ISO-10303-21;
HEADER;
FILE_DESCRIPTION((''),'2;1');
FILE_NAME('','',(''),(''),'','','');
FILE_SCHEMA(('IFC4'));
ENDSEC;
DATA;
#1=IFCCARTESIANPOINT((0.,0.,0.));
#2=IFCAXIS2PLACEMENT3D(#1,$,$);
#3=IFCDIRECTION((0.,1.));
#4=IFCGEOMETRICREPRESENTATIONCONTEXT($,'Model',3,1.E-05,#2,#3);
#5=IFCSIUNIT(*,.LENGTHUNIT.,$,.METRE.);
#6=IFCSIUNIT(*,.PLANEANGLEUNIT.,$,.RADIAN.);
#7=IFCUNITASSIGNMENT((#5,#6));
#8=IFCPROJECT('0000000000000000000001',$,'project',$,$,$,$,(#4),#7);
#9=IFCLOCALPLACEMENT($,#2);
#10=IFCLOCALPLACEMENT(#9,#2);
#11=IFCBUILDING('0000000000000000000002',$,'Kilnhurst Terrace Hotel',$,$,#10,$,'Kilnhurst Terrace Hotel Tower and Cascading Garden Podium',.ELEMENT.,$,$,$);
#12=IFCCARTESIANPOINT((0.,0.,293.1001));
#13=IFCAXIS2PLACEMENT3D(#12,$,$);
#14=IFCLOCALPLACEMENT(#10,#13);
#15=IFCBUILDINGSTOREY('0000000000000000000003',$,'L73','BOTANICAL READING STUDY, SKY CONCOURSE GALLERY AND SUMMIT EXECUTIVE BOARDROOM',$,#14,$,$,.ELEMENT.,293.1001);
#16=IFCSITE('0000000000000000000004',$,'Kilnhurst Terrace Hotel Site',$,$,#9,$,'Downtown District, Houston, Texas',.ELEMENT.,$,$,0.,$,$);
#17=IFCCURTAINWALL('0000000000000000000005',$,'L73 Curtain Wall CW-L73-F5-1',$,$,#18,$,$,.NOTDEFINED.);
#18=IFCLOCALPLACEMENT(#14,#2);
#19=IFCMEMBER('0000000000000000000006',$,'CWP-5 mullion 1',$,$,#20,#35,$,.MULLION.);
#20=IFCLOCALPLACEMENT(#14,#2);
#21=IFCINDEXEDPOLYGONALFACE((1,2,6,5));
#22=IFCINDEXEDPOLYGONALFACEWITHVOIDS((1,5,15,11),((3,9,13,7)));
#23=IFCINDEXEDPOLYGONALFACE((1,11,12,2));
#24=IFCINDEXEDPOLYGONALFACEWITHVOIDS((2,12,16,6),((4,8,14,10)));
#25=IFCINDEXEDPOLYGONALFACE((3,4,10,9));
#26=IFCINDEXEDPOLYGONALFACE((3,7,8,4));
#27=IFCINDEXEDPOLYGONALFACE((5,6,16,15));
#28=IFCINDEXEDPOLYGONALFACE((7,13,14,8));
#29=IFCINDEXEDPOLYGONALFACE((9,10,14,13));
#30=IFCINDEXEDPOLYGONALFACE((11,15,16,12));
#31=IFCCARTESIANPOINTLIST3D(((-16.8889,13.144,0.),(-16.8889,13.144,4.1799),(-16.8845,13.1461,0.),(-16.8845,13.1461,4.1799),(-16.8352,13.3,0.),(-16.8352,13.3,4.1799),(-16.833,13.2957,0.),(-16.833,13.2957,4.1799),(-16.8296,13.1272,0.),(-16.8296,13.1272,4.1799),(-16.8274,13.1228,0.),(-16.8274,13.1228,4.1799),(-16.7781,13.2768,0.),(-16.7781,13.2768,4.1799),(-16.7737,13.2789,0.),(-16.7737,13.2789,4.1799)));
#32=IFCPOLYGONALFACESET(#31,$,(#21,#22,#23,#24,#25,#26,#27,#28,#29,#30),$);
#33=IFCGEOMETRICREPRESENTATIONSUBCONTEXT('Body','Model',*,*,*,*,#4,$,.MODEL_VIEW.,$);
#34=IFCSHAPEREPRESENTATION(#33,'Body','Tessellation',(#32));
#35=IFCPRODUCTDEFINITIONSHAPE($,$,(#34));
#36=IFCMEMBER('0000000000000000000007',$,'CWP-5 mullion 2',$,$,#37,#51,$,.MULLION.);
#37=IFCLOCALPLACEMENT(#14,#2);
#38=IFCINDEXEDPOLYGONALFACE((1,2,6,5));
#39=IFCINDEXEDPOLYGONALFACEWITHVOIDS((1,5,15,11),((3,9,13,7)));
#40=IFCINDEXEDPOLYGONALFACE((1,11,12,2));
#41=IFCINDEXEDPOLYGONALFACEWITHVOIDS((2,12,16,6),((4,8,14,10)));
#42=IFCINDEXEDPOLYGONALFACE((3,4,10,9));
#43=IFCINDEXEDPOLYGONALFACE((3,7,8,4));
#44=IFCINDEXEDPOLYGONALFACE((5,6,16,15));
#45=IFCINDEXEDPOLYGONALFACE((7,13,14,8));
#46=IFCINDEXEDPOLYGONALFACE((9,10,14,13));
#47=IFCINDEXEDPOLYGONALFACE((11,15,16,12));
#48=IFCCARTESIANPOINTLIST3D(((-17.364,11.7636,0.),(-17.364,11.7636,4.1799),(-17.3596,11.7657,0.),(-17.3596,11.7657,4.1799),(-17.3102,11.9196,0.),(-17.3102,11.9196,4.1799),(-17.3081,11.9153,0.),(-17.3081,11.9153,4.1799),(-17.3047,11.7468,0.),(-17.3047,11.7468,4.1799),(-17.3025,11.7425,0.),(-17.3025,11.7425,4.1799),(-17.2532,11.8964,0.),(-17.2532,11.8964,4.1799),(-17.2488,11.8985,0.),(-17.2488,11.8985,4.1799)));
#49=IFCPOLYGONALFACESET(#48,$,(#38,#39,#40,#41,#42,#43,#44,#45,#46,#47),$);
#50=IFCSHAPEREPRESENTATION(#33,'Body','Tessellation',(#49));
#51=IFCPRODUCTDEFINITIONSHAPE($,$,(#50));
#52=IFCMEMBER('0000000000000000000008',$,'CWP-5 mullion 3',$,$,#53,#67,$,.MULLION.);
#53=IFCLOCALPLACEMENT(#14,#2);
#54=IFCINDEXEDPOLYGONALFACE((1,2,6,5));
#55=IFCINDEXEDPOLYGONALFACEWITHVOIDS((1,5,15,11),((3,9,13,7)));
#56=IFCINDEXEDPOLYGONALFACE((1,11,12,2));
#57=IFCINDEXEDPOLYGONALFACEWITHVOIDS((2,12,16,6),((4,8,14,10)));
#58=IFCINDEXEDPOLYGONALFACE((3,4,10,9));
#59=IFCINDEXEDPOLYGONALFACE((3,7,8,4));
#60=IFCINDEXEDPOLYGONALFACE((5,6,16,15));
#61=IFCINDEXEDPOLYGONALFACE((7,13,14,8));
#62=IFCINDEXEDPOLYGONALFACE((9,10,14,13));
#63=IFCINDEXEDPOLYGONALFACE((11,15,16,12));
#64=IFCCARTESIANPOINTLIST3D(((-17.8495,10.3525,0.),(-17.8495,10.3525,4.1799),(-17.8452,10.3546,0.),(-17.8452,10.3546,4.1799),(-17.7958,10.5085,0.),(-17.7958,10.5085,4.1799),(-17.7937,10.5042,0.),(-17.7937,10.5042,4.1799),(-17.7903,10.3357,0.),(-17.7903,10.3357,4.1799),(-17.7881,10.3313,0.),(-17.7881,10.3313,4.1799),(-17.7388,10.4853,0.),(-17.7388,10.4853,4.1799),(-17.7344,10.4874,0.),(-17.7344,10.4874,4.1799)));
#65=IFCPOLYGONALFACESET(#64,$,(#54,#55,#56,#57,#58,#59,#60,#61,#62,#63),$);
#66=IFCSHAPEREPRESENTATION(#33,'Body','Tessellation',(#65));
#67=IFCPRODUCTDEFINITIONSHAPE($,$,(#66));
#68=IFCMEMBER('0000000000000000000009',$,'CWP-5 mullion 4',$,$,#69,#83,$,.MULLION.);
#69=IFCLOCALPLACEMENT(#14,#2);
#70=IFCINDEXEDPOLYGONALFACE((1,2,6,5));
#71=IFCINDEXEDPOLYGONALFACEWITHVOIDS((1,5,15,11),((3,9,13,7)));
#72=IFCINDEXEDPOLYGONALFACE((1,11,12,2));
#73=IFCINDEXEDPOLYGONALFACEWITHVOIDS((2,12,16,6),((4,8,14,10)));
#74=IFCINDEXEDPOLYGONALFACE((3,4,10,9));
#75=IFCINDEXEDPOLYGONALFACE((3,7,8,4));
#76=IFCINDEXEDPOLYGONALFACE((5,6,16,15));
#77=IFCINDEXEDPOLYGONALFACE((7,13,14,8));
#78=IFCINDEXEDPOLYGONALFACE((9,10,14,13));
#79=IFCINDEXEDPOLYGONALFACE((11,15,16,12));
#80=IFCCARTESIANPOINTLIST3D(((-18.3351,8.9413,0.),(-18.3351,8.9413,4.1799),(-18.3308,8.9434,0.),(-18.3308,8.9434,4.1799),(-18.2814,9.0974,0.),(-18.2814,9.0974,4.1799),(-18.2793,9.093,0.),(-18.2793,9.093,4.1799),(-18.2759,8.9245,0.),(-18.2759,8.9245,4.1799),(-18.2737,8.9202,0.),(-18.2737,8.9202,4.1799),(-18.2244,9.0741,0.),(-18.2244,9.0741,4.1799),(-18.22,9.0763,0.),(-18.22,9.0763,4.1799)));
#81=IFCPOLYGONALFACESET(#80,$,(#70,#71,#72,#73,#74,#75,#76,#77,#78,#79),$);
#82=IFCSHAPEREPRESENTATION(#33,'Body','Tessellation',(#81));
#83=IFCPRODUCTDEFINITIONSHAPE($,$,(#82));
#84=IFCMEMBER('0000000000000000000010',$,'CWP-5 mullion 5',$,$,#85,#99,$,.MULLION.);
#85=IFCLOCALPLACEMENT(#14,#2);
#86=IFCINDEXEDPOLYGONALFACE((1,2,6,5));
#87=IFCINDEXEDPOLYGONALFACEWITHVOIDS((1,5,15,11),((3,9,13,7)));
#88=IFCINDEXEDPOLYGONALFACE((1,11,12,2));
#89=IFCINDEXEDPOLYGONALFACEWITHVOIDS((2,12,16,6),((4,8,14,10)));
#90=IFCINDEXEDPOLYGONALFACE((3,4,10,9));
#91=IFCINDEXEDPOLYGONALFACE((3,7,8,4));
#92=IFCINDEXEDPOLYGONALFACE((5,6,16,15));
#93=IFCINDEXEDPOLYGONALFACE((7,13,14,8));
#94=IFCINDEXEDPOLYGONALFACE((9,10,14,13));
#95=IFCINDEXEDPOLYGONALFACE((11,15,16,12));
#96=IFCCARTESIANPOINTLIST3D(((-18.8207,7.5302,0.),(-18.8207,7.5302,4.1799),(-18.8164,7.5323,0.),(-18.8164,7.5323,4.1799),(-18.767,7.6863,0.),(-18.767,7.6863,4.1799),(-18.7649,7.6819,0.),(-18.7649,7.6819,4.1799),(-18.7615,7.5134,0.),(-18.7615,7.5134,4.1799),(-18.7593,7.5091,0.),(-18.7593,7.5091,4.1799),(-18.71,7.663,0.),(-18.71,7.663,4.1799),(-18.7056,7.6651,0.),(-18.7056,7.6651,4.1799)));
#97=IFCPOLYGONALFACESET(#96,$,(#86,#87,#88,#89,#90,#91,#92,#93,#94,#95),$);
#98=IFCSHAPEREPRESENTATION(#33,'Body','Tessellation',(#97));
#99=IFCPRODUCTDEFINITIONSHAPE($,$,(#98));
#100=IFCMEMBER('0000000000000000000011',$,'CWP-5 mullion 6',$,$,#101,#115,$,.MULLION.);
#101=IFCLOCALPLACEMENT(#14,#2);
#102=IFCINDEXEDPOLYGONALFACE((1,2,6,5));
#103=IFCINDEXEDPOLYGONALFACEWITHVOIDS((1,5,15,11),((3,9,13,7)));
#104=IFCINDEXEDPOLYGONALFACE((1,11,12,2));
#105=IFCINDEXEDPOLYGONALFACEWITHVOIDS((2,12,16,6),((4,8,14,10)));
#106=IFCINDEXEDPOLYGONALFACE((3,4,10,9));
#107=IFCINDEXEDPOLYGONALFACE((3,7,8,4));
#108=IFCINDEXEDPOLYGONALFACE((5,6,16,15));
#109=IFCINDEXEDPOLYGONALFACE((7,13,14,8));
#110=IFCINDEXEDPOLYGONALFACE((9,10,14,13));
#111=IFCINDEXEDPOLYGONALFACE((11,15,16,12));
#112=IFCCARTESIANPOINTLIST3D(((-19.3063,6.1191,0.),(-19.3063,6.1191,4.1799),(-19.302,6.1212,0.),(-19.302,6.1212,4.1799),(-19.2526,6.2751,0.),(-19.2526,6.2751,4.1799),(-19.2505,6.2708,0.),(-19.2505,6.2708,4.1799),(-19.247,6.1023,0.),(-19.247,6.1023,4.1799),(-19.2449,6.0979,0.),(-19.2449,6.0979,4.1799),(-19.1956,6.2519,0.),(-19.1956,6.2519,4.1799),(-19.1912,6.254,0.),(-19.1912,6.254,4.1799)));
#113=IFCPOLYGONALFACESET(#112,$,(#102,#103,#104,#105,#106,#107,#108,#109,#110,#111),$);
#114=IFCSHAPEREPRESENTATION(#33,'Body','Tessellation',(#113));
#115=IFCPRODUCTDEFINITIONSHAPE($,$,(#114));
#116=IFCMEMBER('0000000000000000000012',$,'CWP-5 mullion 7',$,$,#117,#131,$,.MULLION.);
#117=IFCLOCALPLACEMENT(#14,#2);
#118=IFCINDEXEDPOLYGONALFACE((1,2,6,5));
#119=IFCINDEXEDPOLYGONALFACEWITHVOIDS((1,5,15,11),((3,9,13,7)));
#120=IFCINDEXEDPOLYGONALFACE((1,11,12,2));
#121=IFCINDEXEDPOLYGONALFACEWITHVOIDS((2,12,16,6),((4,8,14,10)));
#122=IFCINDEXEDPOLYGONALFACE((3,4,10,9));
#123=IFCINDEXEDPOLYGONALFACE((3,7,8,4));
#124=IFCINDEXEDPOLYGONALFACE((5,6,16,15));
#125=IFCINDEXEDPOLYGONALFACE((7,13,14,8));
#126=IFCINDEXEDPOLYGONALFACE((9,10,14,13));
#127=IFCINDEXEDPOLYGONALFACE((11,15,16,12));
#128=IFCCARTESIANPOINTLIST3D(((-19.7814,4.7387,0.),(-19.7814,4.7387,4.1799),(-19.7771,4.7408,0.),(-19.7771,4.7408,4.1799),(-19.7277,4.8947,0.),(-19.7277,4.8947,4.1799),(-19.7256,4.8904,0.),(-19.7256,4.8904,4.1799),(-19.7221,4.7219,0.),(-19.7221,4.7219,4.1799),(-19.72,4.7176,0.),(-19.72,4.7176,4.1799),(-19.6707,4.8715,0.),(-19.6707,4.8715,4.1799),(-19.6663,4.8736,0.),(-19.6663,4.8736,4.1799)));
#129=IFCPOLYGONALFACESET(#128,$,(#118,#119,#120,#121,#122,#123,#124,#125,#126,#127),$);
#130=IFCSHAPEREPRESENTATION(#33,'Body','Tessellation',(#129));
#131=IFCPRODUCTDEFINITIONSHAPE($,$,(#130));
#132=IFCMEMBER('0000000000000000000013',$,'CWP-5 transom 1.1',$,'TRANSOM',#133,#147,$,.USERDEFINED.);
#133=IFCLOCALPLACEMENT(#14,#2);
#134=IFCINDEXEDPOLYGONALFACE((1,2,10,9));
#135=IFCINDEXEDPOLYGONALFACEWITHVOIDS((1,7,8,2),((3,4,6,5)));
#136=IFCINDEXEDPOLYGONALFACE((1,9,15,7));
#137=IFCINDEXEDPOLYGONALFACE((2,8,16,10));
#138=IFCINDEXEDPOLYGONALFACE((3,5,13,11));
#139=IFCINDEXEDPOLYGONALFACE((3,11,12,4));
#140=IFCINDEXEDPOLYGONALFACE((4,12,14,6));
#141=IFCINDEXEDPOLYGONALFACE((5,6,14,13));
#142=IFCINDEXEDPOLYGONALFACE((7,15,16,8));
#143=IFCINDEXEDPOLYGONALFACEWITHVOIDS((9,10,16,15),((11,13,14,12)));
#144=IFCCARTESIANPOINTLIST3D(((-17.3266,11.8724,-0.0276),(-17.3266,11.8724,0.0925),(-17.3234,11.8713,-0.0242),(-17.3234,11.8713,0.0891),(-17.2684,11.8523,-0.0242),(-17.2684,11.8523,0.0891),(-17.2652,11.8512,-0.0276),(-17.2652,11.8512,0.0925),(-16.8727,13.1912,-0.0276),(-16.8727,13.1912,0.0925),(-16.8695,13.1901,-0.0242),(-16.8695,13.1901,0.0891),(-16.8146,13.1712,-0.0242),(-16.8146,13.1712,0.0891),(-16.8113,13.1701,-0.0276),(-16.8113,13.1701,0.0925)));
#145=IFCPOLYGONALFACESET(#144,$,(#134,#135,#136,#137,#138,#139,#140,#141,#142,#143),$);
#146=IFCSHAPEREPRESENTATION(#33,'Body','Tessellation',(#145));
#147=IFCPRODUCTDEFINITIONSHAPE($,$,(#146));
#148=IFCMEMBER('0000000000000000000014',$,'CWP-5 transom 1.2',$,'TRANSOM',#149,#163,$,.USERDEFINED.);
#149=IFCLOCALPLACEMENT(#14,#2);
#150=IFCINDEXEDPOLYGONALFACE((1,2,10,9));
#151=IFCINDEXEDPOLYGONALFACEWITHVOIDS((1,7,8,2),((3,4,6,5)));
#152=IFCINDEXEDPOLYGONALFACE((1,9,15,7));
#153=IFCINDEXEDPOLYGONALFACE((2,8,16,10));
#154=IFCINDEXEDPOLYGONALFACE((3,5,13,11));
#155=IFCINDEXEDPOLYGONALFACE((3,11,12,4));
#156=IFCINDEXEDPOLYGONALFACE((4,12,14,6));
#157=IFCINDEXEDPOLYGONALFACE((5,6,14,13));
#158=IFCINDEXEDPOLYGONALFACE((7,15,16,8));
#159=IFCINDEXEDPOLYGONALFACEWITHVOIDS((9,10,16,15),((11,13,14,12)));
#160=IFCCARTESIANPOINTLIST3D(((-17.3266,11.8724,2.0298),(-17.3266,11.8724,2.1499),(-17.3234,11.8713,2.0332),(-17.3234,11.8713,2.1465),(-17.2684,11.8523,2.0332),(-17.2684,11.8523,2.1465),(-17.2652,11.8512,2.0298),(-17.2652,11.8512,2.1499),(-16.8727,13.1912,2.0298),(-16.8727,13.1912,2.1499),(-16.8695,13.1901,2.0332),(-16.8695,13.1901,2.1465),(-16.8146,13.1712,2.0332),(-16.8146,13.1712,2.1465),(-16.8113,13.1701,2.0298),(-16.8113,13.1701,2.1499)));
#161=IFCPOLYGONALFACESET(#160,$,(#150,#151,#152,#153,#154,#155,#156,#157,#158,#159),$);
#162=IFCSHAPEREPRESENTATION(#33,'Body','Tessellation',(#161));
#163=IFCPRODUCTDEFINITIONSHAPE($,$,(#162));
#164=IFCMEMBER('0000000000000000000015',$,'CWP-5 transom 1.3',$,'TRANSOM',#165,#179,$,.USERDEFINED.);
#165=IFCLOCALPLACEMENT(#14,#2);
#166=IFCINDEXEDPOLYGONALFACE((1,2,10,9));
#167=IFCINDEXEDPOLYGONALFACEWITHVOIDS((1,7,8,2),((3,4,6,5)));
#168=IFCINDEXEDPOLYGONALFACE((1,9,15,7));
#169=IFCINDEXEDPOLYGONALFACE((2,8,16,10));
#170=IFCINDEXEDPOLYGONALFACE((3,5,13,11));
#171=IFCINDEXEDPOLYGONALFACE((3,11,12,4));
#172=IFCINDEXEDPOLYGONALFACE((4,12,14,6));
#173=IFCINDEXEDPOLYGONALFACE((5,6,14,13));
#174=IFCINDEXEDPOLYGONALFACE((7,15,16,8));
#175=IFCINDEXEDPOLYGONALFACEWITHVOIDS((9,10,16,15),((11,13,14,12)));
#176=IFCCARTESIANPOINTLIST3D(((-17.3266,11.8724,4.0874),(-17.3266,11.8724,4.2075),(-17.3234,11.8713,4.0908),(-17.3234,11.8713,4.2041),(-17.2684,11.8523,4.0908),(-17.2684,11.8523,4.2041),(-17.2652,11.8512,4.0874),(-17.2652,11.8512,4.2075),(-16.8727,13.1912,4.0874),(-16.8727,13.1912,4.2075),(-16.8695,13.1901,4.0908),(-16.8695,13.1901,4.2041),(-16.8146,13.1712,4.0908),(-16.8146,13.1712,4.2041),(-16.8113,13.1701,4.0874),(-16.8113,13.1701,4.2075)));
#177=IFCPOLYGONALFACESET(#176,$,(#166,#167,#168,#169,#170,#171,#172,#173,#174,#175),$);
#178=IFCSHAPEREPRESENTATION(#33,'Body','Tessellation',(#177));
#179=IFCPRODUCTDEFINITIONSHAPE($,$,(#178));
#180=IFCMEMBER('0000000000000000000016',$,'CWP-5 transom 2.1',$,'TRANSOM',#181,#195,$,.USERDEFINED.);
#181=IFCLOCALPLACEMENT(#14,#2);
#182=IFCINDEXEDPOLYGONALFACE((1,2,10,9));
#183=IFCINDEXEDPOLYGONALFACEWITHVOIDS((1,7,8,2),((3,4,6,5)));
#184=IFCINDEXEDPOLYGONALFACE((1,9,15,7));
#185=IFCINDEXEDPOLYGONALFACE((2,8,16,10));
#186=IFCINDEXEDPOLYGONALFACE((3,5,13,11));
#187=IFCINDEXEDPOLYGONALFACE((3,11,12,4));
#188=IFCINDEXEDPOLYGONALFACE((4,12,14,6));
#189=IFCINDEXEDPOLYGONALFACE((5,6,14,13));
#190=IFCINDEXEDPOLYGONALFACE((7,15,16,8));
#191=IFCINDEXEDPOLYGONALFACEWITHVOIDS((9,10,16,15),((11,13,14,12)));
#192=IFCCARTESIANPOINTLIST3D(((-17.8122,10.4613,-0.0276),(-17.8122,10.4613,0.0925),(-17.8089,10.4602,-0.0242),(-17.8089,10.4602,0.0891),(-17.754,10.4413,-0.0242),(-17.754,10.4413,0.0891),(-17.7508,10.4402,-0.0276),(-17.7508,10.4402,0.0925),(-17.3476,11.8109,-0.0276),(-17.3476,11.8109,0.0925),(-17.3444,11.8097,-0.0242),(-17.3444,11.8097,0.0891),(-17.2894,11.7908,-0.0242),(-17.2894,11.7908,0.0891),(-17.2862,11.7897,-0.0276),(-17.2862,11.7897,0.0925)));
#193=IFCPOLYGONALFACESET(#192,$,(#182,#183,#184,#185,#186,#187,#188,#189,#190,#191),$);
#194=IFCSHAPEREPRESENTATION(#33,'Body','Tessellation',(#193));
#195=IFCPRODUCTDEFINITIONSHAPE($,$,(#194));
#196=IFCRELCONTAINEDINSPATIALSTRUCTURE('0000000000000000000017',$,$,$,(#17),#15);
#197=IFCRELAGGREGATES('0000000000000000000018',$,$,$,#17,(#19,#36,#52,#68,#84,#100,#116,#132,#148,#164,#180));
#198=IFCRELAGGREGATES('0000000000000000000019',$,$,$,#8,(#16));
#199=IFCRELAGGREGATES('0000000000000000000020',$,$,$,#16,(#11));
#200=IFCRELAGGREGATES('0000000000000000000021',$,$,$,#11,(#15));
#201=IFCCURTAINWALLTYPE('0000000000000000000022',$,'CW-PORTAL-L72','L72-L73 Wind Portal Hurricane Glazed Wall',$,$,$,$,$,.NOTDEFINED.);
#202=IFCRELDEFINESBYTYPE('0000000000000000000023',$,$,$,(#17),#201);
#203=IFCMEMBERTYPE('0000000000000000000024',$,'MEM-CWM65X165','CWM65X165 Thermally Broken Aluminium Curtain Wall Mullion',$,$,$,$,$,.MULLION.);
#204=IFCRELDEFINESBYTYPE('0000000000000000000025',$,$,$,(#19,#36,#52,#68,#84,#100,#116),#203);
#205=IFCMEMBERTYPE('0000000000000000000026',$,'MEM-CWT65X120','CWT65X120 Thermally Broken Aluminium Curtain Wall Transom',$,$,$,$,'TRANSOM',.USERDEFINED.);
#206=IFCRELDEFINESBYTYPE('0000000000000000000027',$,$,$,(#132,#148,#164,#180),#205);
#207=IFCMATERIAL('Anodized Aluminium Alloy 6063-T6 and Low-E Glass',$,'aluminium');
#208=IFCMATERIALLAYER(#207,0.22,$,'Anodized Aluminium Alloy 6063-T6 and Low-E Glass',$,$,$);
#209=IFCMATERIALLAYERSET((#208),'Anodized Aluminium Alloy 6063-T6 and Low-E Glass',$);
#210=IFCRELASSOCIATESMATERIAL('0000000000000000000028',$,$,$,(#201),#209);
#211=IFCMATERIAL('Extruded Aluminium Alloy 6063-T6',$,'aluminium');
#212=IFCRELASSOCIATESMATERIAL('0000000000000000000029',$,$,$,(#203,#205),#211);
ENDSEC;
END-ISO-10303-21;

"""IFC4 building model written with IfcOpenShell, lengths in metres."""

from ifc_helpers import new_model, si_unit, direction, frame, origin, origin_2d, place, context, subcontext, project, spatial, hollow_rectangle, extrude, material, layer, layer_set, material_profile, profile_set, type_object, element, aggregate, save


model = new_model("IFC4")

# Units and contexts
model_context = context("Model", 3, precision=1e-05, world=origin(), true_north=direction((0.0, 1.0)))
body_context = subcontext(model_context, "Body", "Model", "MODEL_VIEW")
ifc_project = project(units=[si_unit("LENGTHUNIT", "METRE"), si_unit("PLANEANGLEUNIT", "RADIAN")], contexts=[model_context])

# Site, building, storey
site_placement = place(None, origin())
site = spatial("IfcSite", under=ifc_project, at=site_placement, Name="Kilnhurst Terrace Hotel Site", LongName="Downtown District, Houston, Texas", CompositionType="ELEMENT", RefElevation=0.0)
building_placement = place(site_placement, origin())
building = spatial("IfcBuilding", under=site, at=building_placement, Name="Kilnhurst Terrace Hotel", LongName="Kilnhurst Terrace Hotel Tower and Cascading Garden Podium", CompositionType="ELEMENT")
storey_placement = place(building_placement, frame((0.0, 0.0, 293.1001)))
storey = spatial("IfcBuildingStorey", under=building, at=storey_placement, Name="L73", Description="BOTANICAL READING STUDY, SKY CONCOURSE GALLERY AND SUMMIT EXECUTIVE BOARDROOM", CompositionType="ELEMENT", Elevation=293.1001)

# Curtain wall, members
ifc_material_1 = material(Name="Anodized Aluminium Alloy 6063-T6 and Low-E Glass", Category="aluminium")
ifc_layer_1 = layer(ifc_material_1, 0.22, Name="Anodized Aluminium Alloy 6063-T6 and Low-E Glass")
ifc_layer_set_1 = layer_set([ifc_layer_1], Name="Anodized Aluminium Alloy 6063-T6 and Low-E Glass")
curtain_wall_type = type_object("IfcCurtainWallType", Name="CW-PORTAL-L72", Description="L72-L73 Wind Portal Hurricane Glazed Wall", PredefinedType="NOTDEFINED", material=ifc_layer_set_1)
curtain_wall_placement = place(storey_placement, origin())
curtain_wall = element("IfcCurtainWall", 1, at=curtain_wall_placement, inside=storey, type_object=curtain_wall_type, Name="L73 Curtain Wall CW-L73-F5-1", PredefinedType="NOTDEFINED")
ifc_material_2 = material(Name="Extruded Aluminium Alloy 6063-T6", Category="aluminium")
ifc_material_profile_1 = material_profile(ifc_material_2, hollow_rectangle(XDim=0.0649, YDim=0.165, WallThickness=0.0034, at=origin_2d()), Name="CWM65X165")
ifc_profile_set_1 = profile_set([ifc_material_profile_1], Name="Extruded Aluminium Alloy 6063-T6")
member_type_1 = type_object("IfcMemberType", Name="MEM-CWM65X165", Description="CWM65X165 Thermally Broken Aluminium Curtain Wall Mullion", PredefinedType="MULLION", material=ifc_profile_set_1)
member_1_placement = place(storey_placement, frame((-16.8313, 13.2114, 0.0), z_axis=(0.0, 0.0, 1.0), x_axis=(0.945578, -0.325397, 0.0)))
member_1 = element("IfcMember", 2, at=member_1_placement, type_object=member_type_1, Name="CWP-5 mullion 1", PredefinedType="MULLION", context=body_context, shape_type="SweptSolid", body=[
    extrude(hollow_rectangle(XDim=0.0649, YDim=0.165, WallThickness=0.0034, at=origin_2d()), origin(), (0.0, 0.0, 1.0), 4.1799),
])
member_2_placement = place(storey_placement, frame((-17.3064, 11.8311, 0.0), z_axis=(0.0, 0.0, 1.0), x_axis=(0.945578, -0.325397, 0.0)))
member_2 = element("IfcMember", 3, at=member_2_placement, type_object=member_type_1, Name="CWP-5 mullion 2", PredefinedType="MULLION", context=body_context, shape_type="SweptSolid", body=[
    extrude(hollow_rectangle(XDim=0.0649, YDim=0.165, WallThickness=0.0034, at=origin_2d()), origin(), (0.0, 0.0, 1.0), 4.1799),
])
member_3_placement = place(storey_placement, frame((-17.792, 10.4199, 0.0), z_axis=(0.0, 0.0, 1.0), x_axis=(0.945578, -0.325397, 0.0)))
member_3 = element("IfcMember", 4, at=member_3_placement, type_object=member_type_1, Name="CWP-5 mullion 3", PredefinedType="MULLION", context=body_context, shape_type="SweptSolid", body=[
    extrude(hollow_rectangle(XDim=0.0649, YDim=0.165, WallThickness=0.0034, at=origin_2d()), origin(), (0.0, 0.0, 1.0), 4.1799),
])
member_4_placement = place(storey_placement, frame((-18.2776, 9.0088, 0.0), z_axis=(0.0, 0.0, 1.0), x_axis=(0.945578, -0.325397, 0.0)))
member_4 = element("IfcMember", 5, at=member_4_placement, type_object=member_type_1, Name="CWP-5 mullion 4", PredefinedType="MULLION", context=body_context, shape_type="SweptSolid", body=[
    extrude(hollow_rectangle(XDim=0.0649, YDim=0.165, WallThickness=0.0034, at=origin_2d()), origin(), (0.0, 0.0, 1.0), 4.1799),
])
member_5_placement = place(storey_placement, frame((-18.7632, 7.5977, 0.0), z_axis=(0.0, 0.0, 1.0), x_axis=(0.945578, -0.325397, 0.0)))
member_5 = element("IfcMember", 6, at=member_5_placement, type_object=member_type_1, Name="CWP-5 mullion 5", PredefinedType="MULLION", context=body_context, shape_type="SweptSolid", body=[
    extrude(hollow_rectangle(XDim=0.0649, YDim=0.165, WallThickness=0.0034, at=origin_2d()), origin(), (0.0, 0.0, 1.0), 4.1799),
])
member_6_placement = place(storey_placement, frame((-19.2488, 6.1865, 0.0), z_axis=(0.0, 0.0, 1.0), x_axis=(0.945578, -0.325397, 0.0)))
member_6 = element("IfcMember", 7, at=member_6_placement, type_object=member_type_1, Name="CWP-5 mullion 6", PredefinedType="MULLION", context=body_context, shape_type="SweptSolid", body=[
    extrude(hollow_rectangle(XDim=0.0649, YDim=0.165, WallThickness=0.0034, at=origin_2d()), origin(), (0.0, 0.0, 1.0), 4.1799),
])
member_7_placement = place(storey_placement, frame((-19.7239, 4.8062, 0.0), z_axis=(0.0, 0.0, 1.0), x_axis=(0.945578, -0.325397, 0.0)))
member_7 = element("IfcMember", 8, at=member_7_placement, type_object=member_type_1, Name="CWP-5 mullion 7", PredefinedType="MULLION", context=body_context, shape_type="SweptSolid", body=[
    extrude(hollow_rectangle(XDim=0.0649, YDim=0.165, WallThickness=0.0034, at=origin_2d()), origin(), (0.0, 0.0, 1.0), 4.1799),
])
ifc_material_profile_2 = material_profile(ifc_material_2, hollow_rectangle(XDim=0.0649, YDim=0.1201, WallThickness=0.0034, at=origin_2d()), Name="CWT65X120")
ifc_profile_set_2 = profile_set([ifc_material_profile_2], Name="Extruded Aluminium Alloy 6063-T6")
member_type_2 = type_object("IfcMemberType", Name="MEM-CWT65X120", Description="CWT65X120 Thermally Broken Aluminium Curtain Wall Transom", ElementType="TRANSOM", PredefinedType="USERDEFINED", material=ifc_profile_set_2)
member_8_placement = place(storey_placement, frame((-16.842, 13.1807, 0.0325), z_axis=(-0.325403, -0.945576, 0.0), x_axis=(0.945576, -0.325403, 0.0)))
member_8 = element("IfcMember", 9, at=member_8_placement, type_object=member_type_2, Name="CWP-5 transom 1.1", ObjectType="TRANSOM", PredefinedType="USERDEFINED", context=body_context, shape_type="SweptSolid", body=[
    extrude(hollow_rectangle(XDim=0.0649, YDim=0.1201, WallThickness=0.0034, at=origin_2d()), origin(), (0.0, 0.0, 1.0), 1.3948),
])
member_9_placement = place(storey_placement, frame((-16.842, 13.1807, 2.0898), z_axis=(-0.325403, -0.945576, 0.0), x_axis=(0.945576, -0.325403, 0.0)))
member_9 = element("IfcMember", 10, at=member_9_placement, type_object=member_type_2, Name="CWP-5 transom 1.2", ObjectType="TRANSOM", PredefinedType="USERDEFINED", context=body_context, shape_type="SweptSolid", body=[
    extrude(hollow_rectangle(XDim=0.0649, YDim=0.1201, WallThickness=0.0034, at=origin_2d()), origin(), (0.0, 0.0, 1.0), 1.3948),
])
member_10_placement = place(storey_placement, frame((-16.842, 13.1807, 4.1475), z_axis=(-0.325403, -0.945576, 0.0), x_axis=(0.945576, -0.325403, 0.0)))
member_10 = element("IfcMember", 11, at=member_10_placement, type_object=member_type_2, Name="CWP-5 transom 1.3", ObjectType="TRANSOM", PredefinedType="USERDEFINED", context=body_context, shape_type="SweptSolid", body=[
    extrude(hollow_rectangle(XDim=0.0649, YDim=0.1201, WallThickness=0.0034, at=origin_2d()), origin(), (0.0, 0.0, 1.0), 1.3948),
])
member_11_placement = place(storey_placement, frame((-17.3169, 11.8003, 0.0325), z_axis=(-0.3255, -0.945542, 0.0), x_axis=(0.945542, -0.3255, 0.0)))
member_11 = element("IfcMember", 12, at=member_11_placement, type_object=member_type_2, Name="CWP-5 transom 2.1", ObjectType="TRANSOM", PredefinedType="USERDEFINED", context=body_context, shape_type="SweptSolid", body=[
    extrude(hollow_rectangle(XDim=0.0649, YDim=0.1201, WallThickness=0.0034, at=origin_2d()), origin(), (0.0, 0.0, 1.0), 1.4272),
])
aggregate(curtain_wall, [member_1, member_2, member_3, member_4, member_5, member_6, member_7, member_8, member_9, member_10, member_11])

save(model, "model.ifc")
